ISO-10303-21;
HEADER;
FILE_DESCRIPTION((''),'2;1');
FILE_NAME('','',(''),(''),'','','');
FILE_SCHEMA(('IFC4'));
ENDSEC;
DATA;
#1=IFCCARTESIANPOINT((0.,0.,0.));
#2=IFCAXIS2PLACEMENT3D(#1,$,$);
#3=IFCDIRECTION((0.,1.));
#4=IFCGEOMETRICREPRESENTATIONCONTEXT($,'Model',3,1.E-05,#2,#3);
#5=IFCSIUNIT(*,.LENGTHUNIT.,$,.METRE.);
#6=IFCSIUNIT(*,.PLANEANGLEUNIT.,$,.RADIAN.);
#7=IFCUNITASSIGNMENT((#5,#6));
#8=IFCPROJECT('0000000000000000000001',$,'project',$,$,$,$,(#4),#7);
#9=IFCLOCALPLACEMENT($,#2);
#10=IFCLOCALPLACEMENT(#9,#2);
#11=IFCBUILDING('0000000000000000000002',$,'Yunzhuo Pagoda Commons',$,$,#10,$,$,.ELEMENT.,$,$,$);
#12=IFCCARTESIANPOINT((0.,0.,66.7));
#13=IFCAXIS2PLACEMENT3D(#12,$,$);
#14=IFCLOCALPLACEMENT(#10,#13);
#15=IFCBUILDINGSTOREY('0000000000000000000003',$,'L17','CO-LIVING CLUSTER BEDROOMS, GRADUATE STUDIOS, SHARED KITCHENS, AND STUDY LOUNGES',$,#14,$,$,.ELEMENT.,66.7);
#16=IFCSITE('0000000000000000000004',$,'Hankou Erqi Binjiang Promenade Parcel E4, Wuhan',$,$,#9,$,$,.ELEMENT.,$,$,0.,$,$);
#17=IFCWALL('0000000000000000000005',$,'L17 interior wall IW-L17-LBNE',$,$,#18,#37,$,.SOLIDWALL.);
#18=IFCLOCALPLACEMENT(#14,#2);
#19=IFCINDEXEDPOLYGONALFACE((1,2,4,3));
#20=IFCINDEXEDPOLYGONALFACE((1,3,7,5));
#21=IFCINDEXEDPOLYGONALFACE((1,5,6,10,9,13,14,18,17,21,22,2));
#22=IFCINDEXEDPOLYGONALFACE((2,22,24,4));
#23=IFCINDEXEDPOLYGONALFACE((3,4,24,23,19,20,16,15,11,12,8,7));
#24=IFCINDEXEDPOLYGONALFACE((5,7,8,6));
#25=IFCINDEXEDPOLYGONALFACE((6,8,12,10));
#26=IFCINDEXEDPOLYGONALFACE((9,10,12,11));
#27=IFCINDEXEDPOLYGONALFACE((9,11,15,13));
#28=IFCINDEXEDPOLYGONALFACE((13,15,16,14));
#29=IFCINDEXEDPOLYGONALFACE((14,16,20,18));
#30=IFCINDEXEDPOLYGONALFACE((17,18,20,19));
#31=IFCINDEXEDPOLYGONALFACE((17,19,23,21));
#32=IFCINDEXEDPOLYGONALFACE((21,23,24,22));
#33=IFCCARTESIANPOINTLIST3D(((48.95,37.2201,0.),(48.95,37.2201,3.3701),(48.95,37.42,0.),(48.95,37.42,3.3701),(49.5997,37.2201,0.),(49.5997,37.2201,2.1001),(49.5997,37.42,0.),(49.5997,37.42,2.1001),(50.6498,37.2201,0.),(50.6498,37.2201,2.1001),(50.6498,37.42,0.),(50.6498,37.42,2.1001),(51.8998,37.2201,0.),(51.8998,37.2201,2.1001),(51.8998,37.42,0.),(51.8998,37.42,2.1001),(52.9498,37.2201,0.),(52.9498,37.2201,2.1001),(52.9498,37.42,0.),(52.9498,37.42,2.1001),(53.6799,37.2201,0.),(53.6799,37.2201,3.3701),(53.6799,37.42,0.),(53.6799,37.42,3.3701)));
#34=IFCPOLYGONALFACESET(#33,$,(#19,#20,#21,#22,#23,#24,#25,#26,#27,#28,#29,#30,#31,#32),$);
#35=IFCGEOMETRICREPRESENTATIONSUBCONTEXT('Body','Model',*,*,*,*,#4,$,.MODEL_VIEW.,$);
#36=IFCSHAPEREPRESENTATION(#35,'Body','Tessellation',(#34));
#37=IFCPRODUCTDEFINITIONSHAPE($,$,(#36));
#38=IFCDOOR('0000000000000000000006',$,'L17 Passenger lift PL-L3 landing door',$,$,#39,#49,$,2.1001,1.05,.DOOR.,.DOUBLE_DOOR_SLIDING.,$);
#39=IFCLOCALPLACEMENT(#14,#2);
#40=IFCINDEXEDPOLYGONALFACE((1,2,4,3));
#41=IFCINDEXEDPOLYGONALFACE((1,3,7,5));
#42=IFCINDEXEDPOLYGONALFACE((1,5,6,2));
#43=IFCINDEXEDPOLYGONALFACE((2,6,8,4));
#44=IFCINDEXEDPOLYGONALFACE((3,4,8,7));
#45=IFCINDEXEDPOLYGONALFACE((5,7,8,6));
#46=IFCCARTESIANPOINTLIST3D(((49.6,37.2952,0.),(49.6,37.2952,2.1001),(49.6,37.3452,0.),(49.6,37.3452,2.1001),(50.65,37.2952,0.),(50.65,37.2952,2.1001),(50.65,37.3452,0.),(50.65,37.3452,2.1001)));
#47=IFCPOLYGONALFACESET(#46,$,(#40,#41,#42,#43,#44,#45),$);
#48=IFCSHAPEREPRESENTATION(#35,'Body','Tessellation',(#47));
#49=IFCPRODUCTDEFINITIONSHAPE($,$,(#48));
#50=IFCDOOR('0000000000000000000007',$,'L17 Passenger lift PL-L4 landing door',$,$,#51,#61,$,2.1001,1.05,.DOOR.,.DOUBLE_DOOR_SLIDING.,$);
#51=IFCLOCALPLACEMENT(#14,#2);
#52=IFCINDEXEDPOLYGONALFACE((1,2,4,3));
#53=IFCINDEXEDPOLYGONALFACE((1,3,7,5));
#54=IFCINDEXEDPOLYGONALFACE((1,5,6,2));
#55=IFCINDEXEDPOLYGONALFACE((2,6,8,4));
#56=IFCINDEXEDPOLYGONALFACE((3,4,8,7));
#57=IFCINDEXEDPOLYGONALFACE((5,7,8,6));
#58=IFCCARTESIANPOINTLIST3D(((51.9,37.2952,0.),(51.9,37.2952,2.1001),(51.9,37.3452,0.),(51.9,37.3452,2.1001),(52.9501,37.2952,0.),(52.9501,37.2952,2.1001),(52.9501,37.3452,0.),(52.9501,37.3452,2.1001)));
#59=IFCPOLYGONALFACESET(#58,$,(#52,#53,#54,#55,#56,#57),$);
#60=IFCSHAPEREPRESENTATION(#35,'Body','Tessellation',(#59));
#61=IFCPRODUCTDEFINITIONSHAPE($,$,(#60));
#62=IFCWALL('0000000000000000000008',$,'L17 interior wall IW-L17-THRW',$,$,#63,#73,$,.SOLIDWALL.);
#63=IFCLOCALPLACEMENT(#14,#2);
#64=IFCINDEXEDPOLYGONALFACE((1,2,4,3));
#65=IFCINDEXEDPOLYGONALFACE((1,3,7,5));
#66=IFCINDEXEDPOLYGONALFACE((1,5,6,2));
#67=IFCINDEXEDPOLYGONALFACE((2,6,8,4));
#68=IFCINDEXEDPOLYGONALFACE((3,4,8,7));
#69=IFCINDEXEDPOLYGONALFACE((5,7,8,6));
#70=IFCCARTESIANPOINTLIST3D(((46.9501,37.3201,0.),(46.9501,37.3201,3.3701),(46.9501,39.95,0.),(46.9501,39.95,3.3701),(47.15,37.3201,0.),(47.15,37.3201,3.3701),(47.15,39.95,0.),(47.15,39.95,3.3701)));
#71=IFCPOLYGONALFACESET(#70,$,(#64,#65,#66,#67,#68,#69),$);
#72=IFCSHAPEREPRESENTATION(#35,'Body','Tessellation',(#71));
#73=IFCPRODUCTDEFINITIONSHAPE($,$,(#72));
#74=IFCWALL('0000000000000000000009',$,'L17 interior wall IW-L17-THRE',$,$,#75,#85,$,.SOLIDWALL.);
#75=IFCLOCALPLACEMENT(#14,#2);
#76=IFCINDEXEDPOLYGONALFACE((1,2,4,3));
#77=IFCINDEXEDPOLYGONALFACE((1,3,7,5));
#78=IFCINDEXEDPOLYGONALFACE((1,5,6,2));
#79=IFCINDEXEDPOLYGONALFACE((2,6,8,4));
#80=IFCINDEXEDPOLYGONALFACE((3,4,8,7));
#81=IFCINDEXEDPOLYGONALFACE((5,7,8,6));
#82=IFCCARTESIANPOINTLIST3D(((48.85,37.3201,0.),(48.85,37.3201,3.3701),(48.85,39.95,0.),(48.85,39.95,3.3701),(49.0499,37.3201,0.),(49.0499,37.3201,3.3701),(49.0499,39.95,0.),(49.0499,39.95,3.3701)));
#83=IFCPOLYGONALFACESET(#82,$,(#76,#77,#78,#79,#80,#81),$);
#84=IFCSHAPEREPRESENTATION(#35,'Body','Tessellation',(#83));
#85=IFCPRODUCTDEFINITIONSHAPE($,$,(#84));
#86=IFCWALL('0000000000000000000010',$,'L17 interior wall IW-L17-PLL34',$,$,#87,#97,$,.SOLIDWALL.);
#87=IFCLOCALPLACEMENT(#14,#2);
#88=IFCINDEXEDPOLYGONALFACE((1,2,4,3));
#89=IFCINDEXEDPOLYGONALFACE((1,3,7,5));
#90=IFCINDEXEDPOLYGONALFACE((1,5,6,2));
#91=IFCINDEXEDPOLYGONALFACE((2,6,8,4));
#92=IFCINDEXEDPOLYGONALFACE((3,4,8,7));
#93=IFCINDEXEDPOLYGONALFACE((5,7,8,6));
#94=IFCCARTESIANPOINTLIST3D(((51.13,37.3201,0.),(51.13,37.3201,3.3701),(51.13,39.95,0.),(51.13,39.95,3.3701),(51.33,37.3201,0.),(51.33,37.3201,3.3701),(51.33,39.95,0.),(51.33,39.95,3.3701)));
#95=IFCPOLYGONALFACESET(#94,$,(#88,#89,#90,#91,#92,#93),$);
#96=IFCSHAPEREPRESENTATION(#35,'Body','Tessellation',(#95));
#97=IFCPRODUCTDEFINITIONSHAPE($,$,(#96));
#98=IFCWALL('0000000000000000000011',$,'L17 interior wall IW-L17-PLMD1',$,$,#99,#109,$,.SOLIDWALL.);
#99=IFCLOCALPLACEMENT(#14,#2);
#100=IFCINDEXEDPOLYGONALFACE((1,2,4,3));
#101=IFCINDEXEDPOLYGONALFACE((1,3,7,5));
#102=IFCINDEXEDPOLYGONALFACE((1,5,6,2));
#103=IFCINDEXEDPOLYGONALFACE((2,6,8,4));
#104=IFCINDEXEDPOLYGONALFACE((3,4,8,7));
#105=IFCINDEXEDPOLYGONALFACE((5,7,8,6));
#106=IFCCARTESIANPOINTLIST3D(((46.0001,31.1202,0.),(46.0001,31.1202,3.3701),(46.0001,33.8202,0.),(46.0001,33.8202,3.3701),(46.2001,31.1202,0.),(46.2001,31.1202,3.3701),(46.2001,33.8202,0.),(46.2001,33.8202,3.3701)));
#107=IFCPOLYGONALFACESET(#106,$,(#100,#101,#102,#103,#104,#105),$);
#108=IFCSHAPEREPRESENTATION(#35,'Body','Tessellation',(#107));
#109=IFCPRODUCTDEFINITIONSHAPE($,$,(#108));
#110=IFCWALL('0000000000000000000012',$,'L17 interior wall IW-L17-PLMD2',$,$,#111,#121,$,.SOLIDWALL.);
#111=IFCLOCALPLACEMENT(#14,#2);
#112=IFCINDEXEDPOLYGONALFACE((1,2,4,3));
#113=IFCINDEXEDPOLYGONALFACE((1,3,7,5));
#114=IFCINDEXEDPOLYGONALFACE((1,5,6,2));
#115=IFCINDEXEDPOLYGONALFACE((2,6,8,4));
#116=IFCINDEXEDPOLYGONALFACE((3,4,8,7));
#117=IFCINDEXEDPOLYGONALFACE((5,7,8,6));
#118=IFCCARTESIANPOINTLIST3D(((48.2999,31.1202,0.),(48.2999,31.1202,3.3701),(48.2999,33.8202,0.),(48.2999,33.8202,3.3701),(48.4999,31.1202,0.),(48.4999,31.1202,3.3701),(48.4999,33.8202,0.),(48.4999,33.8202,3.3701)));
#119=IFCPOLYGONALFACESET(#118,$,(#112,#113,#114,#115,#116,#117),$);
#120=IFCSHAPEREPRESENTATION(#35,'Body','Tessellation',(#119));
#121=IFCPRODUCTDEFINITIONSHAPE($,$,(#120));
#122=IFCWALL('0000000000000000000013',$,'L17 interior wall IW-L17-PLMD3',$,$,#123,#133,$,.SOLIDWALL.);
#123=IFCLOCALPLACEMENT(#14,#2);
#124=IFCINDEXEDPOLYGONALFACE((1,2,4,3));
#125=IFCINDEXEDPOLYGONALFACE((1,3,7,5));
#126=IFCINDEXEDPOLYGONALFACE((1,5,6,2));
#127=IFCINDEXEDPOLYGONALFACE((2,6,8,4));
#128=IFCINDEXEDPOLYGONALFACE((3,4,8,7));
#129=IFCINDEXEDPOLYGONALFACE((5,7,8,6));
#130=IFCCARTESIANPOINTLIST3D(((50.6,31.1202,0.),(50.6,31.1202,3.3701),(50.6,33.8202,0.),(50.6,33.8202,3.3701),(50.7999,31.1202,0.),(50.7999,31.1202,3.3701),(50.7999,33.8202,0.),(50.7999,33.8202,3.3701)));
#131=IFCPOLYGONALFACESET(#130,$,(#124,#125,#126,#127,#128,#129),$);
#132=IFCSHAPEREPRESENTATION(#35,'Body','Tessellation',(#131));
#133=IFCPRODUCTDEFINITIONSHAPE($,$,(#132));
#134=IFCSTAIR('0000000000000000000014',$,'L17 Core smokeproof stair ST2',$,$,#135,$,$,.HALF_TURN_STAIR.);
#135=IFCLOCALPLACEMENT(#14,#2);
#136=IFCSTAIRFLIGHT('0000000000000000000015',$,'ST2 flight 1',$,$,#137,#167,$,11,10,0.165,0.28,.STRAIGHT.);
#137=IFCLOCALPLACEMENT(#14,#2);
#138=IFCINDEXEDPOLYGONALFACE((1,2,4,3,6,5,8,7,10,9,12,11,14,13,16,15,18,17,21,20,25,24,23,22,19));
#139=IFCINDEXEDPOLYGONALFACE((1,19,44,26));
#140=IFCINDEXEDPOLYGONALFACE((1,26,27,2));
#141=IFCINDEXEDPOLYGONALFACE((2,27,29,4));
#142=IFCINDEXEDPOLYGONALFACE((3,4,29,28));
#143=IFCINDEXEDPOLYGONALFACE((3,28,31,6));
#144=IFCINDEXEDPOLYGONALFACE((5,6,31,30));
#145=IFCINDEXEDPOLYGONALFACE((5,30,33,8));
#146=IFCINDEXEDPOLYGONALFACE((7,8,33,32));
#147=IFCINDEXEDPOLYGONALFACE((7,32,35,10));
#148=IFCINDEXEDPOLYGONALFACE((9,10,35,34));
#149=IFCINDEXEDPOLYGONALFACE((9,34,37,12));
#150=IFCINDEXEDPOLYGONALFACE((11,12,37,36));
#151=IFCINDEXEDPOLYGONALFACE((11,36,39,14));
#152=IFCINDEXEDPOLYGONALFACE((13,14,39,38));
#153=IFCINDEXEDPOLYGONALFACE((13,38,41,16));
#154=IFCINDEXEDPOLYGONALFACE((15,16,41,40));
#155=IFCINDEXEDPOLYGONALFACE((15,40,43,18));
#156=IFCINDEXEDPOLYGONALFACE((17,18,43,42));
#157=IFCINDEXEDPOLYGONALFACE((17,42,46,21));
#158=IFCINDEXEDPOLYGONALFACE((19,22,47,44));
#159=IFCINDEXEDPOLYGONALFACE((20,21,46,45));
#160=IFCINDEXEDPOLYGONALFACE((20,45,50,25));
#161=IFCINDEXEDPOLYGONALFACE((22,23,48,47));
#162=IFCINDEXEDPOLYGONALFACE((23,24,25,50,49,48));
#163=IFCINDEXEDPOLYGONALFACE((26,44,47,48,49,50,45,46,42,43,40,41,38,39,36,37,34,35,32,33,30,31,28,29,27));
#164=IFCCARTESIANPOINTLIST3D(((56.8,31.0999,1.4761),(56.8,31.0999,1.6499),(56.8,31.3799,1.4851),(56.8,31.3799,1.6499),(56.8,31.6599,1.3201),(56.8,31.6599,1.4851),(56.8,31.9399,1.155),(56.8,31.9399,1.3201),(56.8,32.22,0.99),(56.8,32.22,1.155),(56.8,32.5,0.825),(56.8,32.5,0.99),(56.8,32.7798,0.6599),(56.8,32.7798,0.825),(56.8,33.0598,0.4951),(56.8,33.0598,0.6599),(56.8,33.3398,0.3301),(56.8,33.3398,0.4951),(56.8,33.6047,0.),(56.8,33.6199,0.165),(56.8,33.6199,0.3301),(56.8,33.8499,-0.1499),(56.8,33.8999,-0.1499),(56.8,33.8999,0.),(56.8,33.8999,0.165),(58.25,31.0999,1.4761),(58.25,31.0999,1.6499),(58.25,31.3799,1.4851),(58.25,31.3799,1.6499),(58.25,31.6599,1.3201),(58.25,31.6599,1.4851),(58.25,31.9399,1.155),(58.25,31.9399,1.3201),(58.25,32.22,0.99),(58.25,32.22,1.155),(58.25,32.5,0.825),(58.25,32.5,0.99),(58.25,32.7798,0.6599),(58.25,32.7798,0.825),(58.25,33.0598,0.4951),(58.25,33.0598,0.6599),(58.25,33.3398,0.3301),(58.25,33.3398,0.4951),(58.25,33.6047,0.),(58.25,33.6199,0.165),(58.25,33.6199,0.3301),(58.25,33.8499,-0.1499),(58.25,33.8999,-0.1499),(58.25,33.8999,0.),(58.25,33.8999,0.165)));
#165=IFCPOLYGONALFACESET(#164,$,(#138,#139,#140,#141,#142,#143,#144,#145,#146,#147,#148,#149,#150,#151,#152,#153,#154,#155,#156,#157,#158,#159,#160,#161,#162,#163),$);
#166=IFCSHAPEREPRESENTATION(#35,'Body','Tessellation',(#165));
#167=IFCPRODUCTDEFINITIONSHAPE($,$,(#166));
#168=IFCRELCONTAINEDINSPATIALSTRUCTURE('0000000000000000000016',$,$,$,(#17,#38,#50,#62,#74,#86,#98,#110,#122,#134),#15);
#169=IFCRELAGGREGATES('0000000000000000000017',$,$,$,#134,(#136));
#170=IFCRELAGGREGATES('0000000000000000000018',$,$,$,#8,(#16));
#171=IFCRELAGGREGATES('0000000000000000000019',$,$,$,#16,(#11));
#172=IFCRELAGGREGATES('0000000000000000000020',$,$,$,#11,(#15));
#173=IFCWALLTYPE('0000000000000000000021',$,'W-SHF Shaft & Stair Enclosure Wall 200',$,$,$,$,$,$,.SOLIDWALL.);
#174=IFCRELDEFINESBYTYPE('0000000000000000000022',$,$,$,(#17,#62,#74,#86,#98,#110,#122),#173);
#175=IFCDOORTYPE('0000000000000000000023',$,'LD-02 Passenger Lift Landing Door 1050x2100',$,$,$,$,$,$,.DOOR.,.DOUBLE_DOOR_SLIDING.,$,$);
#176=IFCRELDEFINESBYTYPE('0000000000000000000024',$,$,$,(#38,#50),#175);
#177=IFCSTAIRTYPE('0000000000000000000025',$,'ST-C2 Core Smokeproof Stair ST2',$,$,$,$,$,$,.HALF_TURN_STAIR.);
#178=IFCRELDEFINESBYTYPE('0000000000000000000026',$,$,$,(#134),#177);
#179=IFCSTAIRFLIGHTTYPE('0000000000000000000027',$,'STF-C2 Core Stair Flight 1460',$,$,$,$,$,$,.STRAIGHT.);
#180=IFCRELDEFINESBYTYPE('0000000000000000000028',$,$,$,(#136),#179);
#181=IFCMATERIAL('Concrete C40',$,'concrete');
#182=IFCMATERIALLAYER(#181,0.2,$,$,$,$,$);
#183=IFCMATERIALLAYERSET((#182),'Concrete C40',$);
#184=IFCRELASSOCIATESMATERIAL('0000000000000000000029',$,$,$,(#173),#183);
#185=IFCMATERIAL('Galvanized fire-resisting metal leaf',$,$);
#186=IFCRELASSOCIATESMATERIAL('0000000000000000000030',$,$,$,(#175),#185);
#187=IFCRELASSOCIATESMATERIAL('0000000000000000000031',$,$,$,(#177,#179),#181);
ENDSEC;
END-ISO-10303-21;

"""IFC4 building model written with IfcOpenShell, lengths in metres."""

from ifc_helpers import new_model, si_unit, direction, frame, frame_2d, origin, place, context, subcontext, project, spatial, polyline, rectangle, outline, extrude, source, transform, mapped, material, layer, layer_set, type_object, element, fill, aggregate, save


model = new_model("IFC4")

# Units and contexts
model_context = context("Model", 3, precision=1e-05, world=origin(), true_north=direction((0.0, 1.0)))
body_context = subcontext(model_context, "Body", "Model", "MODEL_VIEW")
ifc_project = project(units=[si_unit("LENGTHUNIT", "METRE"), si_unit("PLANEANGLEUNIT", "RADIAN")], contexts=[model_context])

# Site, building, storey
site_placement = place(None, origin())
site = spatial("IfcSite", under=ifc_project, at=site_placement, Name="Hankou Erqi Binjiang Promenade Parcel E4, Wuhan", CompositionType="ELEMENT", RefElevation=0.0)
building_placement = place(site_placement, origin())
building = spatial("IfcBuilding", under=site, at=building_placement, Name="Yunzhuo Pagoda Commons", CompositionType="ELEMENT")
storey_placement = place(building_placement, frame((0.0, 0.0, 66.7)))
storey = spatial("IfcBuildingStorey", under=building, at=storey_placement, Name="L17", Description="CO-LIVING CLUSTER BEDROOMS, GRADUATE STUDIOS, SHARED KITCHENS, AND STUDY LOUNGES", CompositionType="ELEMENT", Elevation=66.7)

# Shared definitions
ifc_material_1 = material(Name="Galvanized fire-resisting metal leaf")
shared_shape_1 = source(origin(), body_context, "Body", "SweptSolid", [
    extrude(rectangle(XDim=1.05, YDim=2.1001, at=frame_2d((0.5249, 1.05))), frame((0.0, 0.0249, 0.0), z_axis=(0.0, -1.0, 0.0), x_axis=(1.0, 0.0, 0.0)), (0.0, 0.0, 1.0), 0.05),
])

# Shared definitions
ifc_material_2 = material(Name="Concrete C40", Category="concrete")
ifc_layer_1 = layer(ifc_material_2, 0.2)
ifc_layer_set_1 = layer_set([ifc_layer_1], Name="Concrete C40")
wall_type_1 = type_object("IfcWallType", Name="W-SHF Shaft & Stair Enclosure Wall 200", PredefinedType="SOLIDWALL", material=ifc_layer_set_1)

# Wall, openings, doors
wall_1_placement = place(storey_placement, frame((48.95, 37.3201, 0.0), z_axis=(0.0, 0.0, 1.0), x_axis=(1.0, 0.0, 0.0)))
wall_1 = element("IfcWall", 1, at=wall_1_placement, inside=storey, type_object=wall_type_1, Name="L17 interior wall IW-L17-LBNE", PredefinedType="SOLIDWALL", context=body_context, shape_type="SweptSolid", body=[
    extrude(rectangle(XDim=4.73, YDim=0.2, at=frame_2d((2.365, 0.0))), origin(), (0.0, 0.0, 1.0), 3.3701),
])
opening_1_placement = place(wall_1_placement, frame((0.6499, 0.0, 0.0)))
opening_1 = element("IfcOpeningElement", 2, at=opening_1_placement, cuts=wall_1, PredefinedType="OPENING", context=body_context, shape_type="SweptSolid", body=[
    extrude(rectangle(XDim=1.05, YDim=2.1001, at=frame_2d((0.5249, 1.05))), frame((0.0, 0.1099, 0.0), z_axis=(0.0, -1.0, 0.0), x_axis=(1.0, 0.0, 0.0)), (0.0, 0.0, 1.0), 0.22),
])
opening_2_placement = place(wall_1_placement, frame((2.95, 0.0, 0.0)))
opening_2 = element("IfcOpeningElement", 3, at=opening_2_placement, cuts=wall_1, PredefinedType="OPENING", context=body_context, shape_type="SweptSolid", body=[
    extrude(rectangle(XDim=1.05, YDim=2.1001, at=frame_2d((0.5249, 1.05))), frame((0.0, 0.1099, 0.0), z_axis=(0.0, -1.0, 0.0), x_axis=(1.0, 0.0, 0.0)), (0.0, 0.0, 1.0), 0.22),
])
door_type_1 = type_object("IfcDoorType", Name="LD-02 Passenger Lift Landing Door 1050x2100", OperationType="DOUBLE_DOOR_SLIDING", PredefinedType="DOOR", material=ifc_material_1)
door_1_placement = place(opening_1_placement, frame((1.05, 0.0, 0.0), z_axis=(0.0, 0.0, 1.0), x_axis=(-1.0, 0.0, 0.0)))
door_1 = element("IfcDoor", 4, at=door_1_placement, inside=storey, type_object=door_type_1, Name="L17 Passenger lift PL-L3 landing door", OperationType="DOUBLE_DOOR_SLIDING", OverallHeight=2.1001, OverallWidth=1.05, PredefinedType="DOOR", context=body_context, shape_type="MappedRepresentation", body=[
    mapped(shared_shape_1, transform((0.0, 0.0, 0.0), scale=1.0)),
])
fill(opening_1, door_1)
door_2_placement = place(opening_2_placement, frame((1.05, 0.0, 0.0), z_axis=(0.0, 0.0, 1.0), x_axis=(-1.0, 0.0, 0.0)))
door_2 = element("IfcDoor", 5, at=door_2_placement, inside=storey, type_object=door_type_1, Name="L17 Passenger lift PL-L4 landing door", OperationType="DOUBLE_DOOR_SLIDING", OverallHeight=2.1001, OverallWidth=1.05, PredefinedType="DOOR", context=body_context, shape_type="MappedRepresentation", body=[
    mapped(shared_shape_1, transform((0.0, 0.0, 0.0), scale=1.0)),
])
fill(opening_2, door_2)

# Walls
for number, where, z_axis, x_axis, name in (
    (6, (47.05, 37.3201, 0.0), (0.0, 0.0, 1.0), (0.0, 1.0, 0.0), "L17 interior wall IW-L17-THRW"),
    (7, (48.95, 37.3201, 0.0), (0.0, 0.0, 1.0), (0.0, 1.0, 0.0), "L17 interior wall IW-L17-THRE"),
    (8, (51.23, 37.3201, 0.0), (0.0, 0.0, 1.0), (0.0, 1.0, 0.0), "L17 interior wall IW-L17-PLL34"),
):
    element("IfcWall", number, at=place(storey_placement, frame(where, z_axis=z_axis, x_axis=x_axis)), inside=storey, type_object=wall_type_1, Name=name, PredefinedType="SOLIDWALL", context=body_context, shape_type="SweptSolid", body=[
        extrude(rectangle(XDim=2.6299, YDim=0.2, at=frame_2d((1.3149, 0.0))), origin(), (0.0, 0.0, 1.0), 3.3701),
    ])
for number, where, z_axis, x_axis, name in (
    (9, (46.1001, 31.1201, 0.0), (0.0, 0.0, 1.0), (0.0, 1.0, 0.0), "L17 interior wall IW-L17-PLMD1"),
    (10, (48.3999, 31.1201, 0.0), (0.0, 0.0, 1.0), (0.0, 1.0, 0.0), "L17 interior wall IW-L17-PLMD2"),
    (11, (50.7, 31.1201, 0.0), (0.0, 0.0, 1.0), (0.0, 1.0, 0.0), "L17 interior wall IW-L17-PLMD3"),
):
    element("IfcWall", number, at=place(storey_placement, frame(where, z_axis=z_axis, x_axis=x_axis)), inside=storey, type_object=wall_type_1, Name=name, PredefinedType="SOLIDWALL", context=body_context, shape_type="SweptSolid", body=[
        extrude(rectangle(XDim=2.7, YDim=0.2, at=frame_2d((1.3501, 0.0))), origin(), (0.0, 0.0, 1.0), 3.3701),
    ])

# Stair, stair flight
stair_type = type_object("IfcStairType", Name="ST-C2 Core Smokeproof Stair ST2", PredefinedType="HALF_TURN_STAIR", material=ifc_material_2)
stair_placement = place(storey_placement, origin())
stair = element("IfcStair", 12, at=stair_placement, inside=storey, type_object=stair_type, Name="L17 Core smokeproof stair ST2", PredefinedType="HALF_TURN_STAIR")
stair_flight_type = type_object("IfcStairFlightType", Name="STF-C2 Core Stair Flight 1460", PredefinedType="STRAIGHT", material=ifc_material_2)
shared_shape_2 = source(origin(), body_context, "Body", "SweptSolid", [
    extrude(outline(polyline([(0.0, -0.1499), (0.0, 0.0), (0.0, 0.165), (0.28, 0.165), (0.28, 0.3301), (0.5601, 0.3301), (0.5601, 0.4951), (0.8401, 0.4951), (0.8401, 0.6599), (1.1201, 0.6599), (1.1201, 0.825), (1.3999, 0.825), (1.3999, 0.99), (1.6799, 0.99), (1.6799, 1.155), (1.96, 1.155), (1.96, 1.3201), (2.24, 1.3201), (2.24, 1.4851), (2.52, 1.4851), (2.52, 1.6499), (2.8, 1.6499), (2.8, 1.8149), (2.8, 1.4761), (0.2952, 0.0), (0.05, -0.1499), (0.0, -0.1499)])), frame((0.0, 0.7251, 0.0), z_axis=(0.0, -1.0, 0.0), x_axis=(1.0, 0.0, 0.0)), (0.0, 0.0, 1.0), 1.45),
])
stair_flight_1_placement = place(storey_placement, frame((57.5249, 33.8999, 0.0), z_axis=(0.0, 0.0, 1.0), x_axis=(0.0, -1.0, 0.0)))
stair_flight_1 = element("IfcStairFlight", 13, at=stair_flight_1_placement, type_object=stair_flight_type, Name="ST2 flight 1", NumberOfRisers=11, NumberOfTreads=10, PredefinedType="STRAIGHT", RiserHeight=0.165, TreadLength=0.28, context=body_context, shape_type="MappedRepresentation", body=[
    mapped(shared_shape_2, transform((0.0, 0.0, 0.0), scale=1.0)),
])
aggregate(stair, [stair_flight_1])

save(model, "model.ifc")
